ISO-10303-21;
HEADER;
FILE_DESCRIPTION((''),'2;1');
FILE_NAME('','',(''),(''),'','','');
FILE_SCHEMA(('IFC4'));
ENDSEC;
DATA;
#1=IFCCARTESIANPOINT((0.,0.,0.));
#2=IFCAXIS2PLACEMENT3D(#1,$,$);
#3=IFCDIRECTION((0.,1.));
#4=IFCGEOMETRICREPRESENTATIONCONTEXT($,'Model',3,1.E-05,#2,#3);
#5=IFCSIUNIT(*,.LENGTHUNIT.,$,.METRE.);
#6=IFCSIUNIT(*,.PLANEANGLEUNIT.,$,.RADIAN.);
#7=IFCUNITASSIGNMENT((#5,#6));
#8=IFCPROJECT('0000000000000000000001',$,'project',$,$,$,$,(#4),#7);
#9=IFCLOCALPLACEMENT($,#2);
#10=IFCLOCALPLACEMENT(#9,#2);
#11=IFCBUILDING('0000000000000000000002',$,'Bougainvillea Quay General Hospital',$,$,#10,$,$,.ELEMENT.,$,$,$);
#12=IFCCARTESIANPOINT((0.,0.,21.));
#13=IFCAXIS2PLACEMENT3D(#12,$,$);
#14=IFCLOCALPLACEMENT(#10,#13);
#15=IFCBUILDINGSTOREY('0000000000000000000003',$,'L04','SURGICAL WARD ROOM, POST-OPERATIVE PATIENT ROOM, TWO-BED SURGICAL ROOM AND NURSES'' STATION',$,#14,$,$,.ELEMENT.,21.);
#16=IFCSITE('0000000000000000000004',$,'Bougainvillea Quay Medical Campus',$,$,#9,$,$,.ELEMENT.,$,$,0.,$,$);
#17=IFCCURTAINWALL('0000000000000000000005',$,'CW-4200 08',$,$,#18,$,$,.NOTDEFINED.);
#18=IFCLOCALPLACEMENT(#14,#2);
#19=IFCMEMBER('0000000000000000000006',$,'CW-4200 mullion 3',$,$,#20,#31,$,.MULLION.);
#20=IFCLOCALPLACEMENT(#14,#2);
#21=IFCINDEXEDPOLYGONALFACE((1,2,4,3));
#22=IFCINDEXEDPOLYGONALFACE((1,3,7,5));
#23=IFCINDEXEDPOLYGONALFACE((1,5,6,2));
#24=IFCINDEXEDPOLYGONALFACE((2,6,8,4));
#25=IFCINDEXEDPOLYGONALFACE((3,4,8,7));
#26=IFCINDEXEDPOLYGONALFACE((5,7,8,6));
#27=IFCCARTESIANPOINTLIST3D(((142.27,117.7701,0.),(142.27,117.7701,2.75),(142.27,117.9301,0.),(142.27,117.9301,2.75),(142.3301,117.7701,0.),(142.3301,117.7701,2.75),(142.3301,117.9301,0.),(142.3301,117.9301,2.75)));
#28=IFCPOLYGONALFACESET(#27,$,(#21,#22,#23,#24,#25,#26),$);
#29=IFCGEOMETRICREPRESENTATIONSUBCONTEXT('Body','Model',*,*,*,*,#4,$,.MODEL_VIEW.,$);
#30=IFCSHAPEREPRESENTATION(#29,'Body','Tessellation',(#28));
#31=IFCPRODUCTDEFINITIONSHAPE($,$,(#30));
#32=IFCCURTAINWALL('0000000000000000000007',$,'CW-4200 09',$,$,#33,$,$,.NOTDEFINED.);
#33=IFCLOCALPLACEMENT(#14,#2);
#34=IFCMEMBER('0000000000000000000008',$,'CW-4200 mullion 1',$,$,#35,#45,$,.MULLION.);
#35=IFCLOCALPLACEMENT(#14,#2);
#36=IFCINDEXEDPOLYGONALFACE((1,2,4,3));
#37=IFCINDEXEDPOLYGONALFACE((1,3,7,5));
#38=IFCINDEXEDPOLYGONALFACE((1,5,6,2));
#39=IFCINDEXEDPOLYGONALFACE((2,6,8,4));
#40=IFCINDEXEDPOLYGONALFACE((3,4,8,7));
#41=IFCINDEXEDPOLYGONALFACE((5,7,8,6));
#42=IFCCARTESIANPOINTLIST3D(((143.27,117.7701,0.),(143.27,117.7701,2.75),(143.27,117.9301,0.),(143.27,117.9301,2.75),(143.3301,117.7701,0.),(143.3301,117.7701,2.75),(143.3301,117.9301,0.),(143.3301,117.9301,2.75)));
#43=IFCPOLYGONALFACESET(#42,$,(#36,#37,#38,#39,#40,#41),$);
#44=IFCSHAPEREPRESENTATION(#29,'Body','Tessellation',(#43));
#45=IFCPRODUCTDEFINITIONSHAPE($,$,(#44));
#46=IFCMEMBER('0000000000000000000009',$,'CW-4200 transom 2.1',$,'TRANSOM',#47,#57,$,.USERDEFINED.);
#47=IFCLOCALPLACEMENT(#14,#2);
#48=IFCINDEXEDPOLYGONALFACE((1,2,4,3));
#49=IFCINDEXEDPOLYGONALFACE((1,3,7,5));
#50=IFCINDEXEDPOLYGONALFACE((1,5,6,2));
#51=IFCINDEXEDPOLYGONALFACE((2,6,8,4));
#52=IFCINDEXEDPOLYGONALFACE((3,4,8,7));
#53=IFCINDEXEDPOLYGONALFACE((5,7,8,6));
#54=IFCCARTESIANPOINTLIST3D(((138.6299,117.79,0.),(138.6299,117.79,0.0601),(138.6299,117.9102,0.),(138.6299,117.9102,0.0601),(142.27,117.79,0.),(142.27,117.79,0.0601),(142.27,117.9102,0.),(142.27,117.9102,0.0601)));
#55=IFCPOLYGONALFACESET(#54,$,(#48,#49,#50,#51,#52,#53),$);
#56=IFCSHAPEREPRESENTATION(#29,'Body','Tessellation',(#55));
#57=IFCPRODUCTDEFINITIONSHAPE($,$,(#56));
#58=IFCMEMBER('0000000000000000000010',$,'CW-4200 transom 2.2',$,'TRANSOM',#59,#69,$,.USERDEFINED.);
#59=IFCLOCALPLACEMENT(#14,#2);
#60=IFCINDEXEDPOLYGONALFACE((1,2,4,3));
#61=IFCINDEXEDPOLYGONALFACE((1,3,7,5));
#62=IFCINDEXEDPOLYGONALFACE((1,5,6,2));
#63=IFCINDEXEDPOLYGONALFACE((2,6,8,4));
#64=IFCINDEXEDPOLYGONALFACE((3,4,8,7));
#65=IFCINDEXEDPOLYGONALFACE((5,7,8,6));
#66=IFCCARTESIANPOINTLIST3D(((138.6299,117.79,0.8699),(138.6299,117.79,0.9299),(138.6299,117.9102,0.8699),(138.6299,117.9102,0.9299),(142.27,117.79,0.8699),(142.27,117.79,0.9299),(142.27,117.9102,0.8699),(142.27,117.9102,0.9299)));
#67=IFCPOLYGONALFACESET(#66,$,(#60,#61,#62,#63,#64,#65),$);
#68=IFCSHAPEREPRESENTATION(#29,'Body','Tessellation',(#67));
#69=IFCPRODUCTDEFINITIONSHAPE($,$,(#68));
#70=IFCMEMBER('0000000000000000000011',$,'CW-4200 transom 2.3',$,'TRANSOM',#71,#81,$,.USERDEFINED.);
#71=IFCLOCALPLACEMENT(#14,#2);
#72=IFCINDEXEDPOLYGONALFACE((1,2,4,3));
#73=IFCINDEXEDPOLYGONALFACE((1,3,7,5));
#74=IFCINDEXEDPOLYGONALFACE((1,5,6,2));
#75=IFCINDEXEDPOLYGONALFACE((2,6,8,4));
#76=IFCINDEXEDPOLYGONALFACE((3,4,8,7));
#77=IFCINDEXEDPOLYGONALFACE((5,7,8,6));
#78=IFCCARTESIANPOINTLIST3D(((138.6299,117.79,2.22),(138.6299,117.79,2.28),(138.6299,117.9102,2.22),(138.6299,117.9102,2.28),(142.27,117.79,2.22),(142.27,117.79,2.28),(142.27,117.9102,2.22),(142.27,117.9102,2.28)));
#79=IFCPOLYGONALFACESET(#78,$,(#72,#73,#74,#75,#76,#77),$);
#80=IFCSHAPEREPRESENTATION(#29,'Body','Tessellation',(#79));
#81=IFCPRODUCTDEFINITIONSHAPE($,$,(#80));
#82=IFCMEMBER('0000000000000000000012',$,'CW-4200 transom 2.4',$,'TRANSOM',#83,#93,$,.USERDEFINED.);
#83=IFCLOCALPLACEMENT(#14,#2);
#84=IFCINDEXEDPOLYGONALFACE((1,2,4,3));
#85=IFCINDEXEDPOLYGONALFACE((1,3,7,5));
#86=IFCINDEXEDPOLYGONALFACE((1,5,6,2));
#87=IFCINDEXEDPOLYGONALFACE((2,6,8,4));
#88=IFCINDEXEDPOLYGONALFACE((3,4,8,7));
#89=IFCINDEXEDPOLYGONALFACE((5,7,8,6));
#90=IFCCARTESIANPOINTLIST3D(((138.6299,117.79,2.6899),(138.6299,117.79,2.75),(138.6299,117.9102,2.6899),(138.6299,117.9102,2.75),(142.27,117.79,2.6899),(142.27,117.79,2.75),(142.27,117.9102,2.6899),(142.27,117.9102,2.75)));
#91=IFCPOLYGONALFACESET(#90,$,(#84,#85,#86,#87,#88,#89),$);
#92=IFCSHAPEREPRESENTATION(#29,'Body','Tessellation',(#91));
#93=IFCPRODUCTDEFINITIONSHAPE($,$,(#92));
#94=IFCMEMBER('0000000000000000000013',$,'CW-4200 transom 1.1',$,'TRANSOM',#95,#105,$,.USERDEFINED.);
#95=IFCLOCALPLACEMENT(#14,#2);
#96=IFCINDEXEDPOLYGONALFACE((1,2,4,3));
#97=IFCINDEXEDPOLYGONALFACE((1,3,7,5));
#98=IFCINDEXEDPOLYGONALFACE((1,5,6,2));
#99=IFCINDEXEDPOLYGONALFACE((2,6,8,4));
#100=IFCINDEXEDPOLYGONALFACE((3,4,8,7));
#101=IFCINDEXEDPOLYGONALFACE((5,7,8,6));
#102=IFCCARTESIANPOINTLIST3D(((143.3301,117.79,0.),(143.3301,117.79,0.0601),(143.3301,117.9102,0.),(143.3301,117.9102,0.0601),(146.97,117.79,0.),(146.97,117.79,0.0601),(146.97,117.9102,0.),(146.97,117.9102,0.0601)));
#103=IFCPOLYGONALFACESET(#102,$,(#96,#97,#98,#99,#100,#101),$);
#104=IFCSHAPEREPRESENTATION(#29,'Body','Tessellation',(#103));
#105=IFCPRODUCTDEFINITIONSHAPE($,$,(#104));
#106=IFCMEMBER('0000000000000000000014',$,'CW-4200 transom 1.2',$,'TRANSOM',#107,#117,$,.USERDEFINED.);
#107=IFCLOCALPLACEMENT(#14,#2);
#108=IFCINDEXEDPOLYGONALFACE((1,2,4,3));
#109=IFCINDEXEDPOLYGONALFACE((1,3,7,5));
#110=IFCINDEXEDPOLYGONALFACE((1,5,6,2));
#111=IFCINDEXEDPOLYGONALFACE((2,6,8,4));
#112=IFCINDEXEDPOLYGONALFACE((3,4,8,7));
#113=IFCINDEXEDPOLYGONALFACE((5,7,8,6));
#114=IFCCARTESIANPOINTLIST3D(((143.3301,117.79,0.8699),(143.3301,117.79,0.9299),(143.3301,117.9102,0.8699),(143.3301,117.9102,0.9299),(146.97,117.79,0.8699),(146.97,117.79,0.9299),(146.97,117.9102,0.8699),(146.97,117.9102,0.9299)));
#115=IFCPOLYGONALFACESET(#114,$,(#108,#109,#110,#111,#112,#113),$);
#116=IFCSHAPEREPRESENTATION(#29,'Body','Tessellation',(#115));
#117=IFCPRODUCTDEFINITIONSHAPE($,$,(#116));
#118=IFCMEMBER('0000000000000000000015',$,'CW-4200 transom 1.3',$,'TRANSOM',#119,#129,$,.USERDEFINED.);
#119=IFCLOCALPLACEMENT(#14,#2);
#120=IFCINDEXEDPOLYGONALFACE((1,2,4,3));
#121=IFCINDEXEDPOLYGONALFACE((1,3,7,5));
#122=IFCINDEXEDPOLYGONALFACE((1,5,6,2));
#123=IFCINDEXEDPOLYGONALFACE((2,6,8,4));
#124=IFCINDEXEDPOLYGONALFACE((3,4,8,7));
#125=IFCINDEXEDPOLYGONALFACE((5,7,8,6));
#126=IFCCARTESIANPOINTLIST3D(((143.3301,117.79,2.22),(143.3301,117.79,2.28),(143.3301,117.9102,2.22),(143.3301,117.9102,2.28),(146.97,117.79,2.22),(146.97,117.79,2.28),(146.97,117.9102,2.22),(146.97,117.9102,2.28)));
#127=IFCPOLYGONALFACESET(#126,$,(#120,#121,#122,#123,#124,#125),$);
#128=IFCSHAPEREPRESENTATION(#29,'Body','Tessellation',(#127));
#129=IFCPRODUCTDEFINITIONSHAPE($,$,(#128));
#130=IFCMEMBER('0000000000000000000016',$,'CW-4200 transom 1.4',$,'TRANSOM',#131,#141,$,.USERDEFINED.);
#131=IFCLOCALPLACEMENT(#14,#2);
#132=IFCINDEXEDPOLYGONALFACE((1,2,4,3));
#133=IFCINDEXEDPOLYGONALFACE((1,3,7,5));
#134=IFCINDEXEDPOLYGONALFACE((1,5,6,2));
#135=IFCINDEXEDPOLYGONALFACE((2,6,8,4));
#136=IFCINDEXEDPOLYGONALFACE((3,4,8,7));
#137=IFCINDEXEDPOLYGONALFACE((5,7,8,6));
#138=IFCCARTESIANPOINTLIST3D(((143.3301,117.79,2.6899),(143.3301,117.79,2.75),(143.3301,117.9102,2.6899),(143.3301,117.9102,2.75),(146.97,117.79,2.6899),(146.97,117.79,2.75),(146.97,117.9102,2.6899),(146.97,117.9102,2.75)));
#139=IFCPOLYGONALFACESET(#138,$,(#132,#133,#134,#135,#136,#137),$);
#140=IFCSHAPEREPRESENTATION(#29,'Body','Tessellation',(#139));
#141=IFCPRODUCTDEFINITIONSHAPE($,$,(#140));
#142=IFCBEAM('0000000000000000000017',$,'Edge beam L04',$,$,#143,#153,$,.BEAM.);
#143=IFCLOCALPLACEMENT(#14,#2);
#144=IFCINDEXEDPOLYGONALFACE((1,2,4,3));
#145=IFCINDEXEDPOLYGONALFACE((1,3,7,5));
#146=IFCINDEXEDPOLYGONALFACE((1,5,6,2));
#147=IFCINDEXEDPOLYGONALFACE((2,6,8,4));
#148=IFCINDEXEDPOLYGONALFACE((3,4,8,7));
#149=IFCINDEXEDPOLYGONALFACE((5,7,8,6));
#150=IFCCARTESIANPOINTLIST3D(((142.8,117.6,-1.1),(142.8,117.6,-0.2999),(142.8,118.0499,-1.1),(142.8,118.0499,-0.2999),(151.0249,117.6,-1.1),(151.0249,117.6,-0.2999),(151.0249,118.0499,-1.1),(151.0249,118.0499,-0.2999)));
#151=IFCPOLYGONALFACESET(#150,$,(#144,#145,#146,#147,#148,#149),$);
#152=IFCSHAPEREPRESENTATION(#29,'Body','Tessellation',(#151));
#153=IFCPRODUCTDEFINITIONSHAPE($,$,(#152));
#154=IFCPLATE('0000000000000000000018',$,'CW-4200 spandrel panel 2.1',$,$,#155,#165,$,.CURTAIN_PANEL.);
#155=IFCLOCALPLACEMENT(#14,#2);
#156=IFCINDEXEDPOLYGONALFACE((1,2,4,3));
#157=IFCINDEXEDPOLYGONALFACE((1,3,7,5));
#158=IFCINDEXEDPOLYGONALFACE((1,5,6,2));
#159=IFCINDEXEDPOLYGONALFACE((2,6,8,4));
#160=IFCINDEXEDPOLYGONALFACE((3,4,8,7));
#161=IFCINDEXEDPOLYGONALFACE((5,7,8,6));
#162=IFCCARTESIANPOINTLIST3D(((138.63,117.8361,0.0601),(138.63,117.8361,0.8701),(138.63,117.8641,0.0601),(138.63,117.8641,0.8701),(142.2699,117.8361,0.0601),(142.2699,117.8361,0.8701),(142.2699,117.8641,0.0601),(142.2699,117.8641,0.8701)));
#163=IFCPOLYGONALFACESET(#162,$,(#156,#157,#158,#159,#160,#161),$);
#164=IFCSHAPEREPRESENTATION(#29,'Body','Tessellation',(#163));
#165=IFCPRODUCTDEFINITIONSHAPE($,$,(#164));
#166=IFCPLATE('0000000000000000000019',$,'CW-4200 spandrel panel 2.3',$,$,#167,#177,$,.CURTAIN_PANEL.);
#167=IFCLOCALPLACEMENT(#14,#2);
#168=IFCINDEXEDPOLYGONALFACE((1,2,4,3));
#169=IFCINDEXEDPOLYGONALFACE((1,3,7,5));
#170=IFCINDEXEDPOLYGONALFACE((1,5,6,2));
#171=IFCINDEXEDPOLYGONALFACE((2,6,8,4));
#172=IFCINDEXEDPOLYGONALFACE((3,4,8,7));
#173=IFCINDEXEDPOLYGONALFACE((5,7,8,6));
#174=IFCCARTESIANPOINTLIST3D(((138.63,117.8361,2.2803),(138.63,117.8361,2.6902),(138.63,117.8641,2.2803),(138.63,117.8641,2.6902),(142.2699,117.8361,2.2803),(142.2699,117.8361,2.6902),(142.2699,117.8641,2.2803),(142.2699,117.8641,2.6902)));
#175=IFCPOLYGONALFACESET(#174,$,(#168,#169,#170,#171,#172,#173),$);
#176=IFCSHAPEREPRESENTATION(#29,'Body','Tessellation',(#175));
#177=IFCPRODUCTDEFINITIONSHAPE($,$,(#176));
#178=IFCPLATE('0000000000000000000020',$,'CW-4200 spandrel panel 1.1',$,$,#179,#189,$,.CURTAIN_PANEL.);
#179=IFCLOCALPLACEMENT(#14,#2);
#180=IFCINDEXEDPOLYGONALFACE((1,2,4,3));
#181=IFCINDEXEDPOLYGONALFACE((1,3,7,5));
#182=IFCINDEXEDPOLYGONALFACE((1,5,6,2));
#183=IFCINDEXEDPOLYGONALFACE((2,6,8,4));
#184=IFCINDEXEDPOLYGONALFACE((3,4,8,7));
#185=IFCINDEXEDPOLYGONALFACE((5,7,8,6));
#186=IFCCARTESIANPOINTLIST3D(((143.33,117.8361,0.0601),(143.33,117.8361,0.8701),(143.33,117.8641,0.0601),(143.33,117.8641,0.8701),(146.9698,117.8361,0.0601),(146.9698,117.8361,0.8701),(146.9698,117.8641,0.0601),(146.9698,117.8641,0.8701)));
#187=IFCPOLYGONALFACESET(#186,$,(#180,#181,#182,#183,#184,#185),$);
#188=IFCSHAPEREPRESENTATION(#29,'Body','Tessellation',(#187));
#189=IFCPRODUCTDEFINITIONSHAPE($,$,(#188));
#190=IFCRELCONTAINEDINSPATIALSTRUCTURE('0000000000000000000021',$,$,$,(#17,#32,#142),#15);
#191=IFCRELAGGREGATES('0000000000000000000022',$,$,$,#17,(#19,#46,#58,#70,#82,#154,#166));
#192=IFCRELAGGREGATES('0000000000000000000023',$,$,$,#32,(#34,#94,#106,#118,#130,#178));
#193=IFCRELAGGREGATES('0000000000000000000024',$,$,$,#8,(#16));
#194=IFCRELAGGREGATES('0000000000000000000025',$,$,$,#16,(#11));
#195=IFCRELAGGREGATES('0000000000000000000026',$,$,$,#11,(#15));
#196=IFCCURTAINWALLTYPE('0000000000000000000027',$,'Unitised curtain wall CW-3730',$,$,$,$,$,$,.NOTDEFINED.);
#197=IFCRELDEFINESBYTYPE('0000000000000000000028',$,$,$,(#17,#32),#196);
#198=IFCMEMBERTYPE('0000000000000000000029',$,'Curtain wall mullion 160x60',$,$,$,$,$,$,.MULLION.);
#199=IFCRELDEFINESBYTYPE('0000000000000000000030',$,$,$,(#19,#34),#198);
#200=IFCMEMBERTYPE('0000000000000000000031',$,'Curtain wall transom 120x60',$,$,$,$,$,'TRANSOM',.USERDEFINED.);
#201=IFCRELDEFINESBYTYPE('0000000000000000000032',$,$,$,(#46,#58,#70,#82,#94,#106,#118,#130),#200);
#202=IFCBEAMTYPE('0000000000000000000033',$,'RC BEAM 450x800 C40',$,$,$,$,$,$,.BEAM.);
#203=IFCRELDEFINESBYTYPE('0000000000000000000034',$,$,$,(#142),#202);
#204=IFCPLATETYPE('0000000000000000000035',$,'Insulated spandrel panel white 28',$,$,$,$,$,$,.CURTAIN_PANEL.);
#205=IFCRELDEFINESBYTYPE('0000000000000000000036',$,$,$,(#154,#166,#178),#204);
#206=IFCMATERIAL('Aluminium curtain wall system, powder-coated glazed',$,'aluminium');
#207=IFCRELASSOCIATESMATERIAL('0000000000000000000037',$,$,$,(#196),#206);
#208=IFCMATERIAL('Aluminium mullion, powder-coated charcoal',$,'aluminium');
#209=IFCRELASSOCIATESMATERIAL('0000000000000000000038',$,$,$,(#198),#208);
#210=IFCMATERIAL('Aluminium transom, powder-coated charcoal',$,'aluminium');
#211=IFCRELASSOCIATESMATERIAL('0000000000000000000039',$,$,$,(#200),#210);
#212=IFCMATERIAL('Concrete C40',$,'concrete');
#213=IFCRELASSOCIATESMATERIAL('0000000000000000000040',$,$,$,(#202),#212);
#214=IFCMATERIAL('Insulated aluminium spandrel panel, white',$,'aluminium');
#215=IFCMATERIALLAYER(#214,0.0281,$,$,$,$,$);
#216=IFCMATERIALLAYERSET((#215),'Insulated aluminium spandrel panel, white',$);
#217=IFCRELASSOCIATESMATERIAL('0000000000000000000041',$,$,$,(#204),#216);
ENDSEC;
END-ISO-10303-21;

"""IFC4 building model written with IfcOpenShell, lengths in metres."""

from ifc_helpers import new_model, si_unit, direction, frame, origin, origin_2d, place, context, subcontext, project, spatial, rectangle, extrude, material, layer, layer_set, material_profile, profile_set, type_object, element, aggregate, save


model = new_model("IFC4")

# Units and contexts
model_context = context("Model", 3, precision=1e-05, world=origin(), true_north=direction((0.0, 1.0)))
body_context = subcontext(model_context, "Body", "Model", "MODEL_VIEW")
ifc_project = project(units=[si_unit("LENGTHUNIT", "METRE"), si_unit("PLANEANGLEUNIT", "RADIAN")], contexts=[model_context])

# Site, building, storey
site_placement = place(None, origin())
site = spatial("IfcSite", under=ifc_project, at=site_placement, Name="Bougainvillea Quay Medical Campus", CompositionType="ELEMENT", RefElevation=0.0)
building_placement = place(site_placement, origin())
building = spatial("IfcBuilding", under=site, at=building_placement, Name="Bougainvillea Quay General Hospital", CompositionType="ELEMENT")
storey_placement = place(building_placement, frame((0.0, 0.0, 21.0)))
storey = spatial("IfcBuildingStorey", under=building, at=storey_placement, Name="L04", Description="SURGICAL WARD ROOM, POST-OPERATIVE PATIENT ROOM, TWO-BED SURGICAL ROOM AND NURSES' STATION", CompositionType="ELEMENT", Elevation=21.0)

# Curtain walls, members
ifc_material_1 = material(Name="Aluminium curtain wall system, powder-coated glazed", Category="aluminium")
curtain_wall_type = type_object("IfcCurtainWallType", Name="Unitised curtain wall CW-3730", PredefinedType="NOTDEFINED", material=ifc_material_1)
curtain_wall_1_placement = place(storey_placement, origin())
curtain_wall_1 = element("IfcCurtainWall", 1, at=curtain_wall_1_placement, inside=storey, type_object=curtain_wall_type, Name="CW-4200 08", PredefinedType="NOTDEFINED")
ifc_material_2 = material(Name="Aluminium mullion, powder-coated charcoal", Category="aluminium")
ifc_material_profile_1 = material_profile(ifc_material_2, rectangle(XDim=0.1599, YDim=0.0601, at=origin_2d()))
ifc_profile_set_1 = profile_set([ifc_material_profile_1], Name="Aluminium mullion, powder-coated charcoal")
member_type_1 = type_object("IfcMemberType", Name="Curtain wall mullion 160x60", PredefinedType="MULLION", material=ifc_profile_set_1)
member_1_placement = place(storey_placement, frame((142.3, 117.8501, 0.0), z_axis=(0.0, 0.0, 1.0), x_axis=(0.0, 1.0, 0.0)))
member_1 = element("IfcMember", 2, at=member_1_placement, type_object=member_type_1, Name="CW-4200 mullion 3", PredefinedType="MULLION", context=body_context, shape_type="SweptSolid", body=[
    extrude(rectangle(XDim=0.1599, YDim=0.0601, at=origin_2d()), origin(), (0.0, 0.0, 1.0), 2.75),
])
curtain_wall_2_placement = place(storey_placement, origin())
curtain_wall_2 = element("IfcCurtainWall", 3, at=curtain_wall_2_placement, inside=storey, type_object=curtain_wall_type, Name="CW-4200 09", PredefinedType="NOTDEFINED")
member_2_placement = place(storey_placement, frame((143.3, 117.8501, 0.0), z_axis=(0.0, 0.0, 1.0), x_axis=(0.0, 1.0, 0.0)))
member_2 = element("IfcMember", 4, at=member_2_placement, type_object=member_type_1, Name="CW-4200 mullion 1", PredefinedType="MULLION", context=body_context, shape_type="SweptSolid", body=[
    extrude(rectangle(XDim=0.1599, YDim=0.0601, at=origin_2d()), origin(), (0.0, 0.0, 1.0), 2.75),
])

# Members
ifc_material_3 = material(Name="Aluminium transom, powder-coated charcoal", Category="aluminium")
ifc_material_profile_2 = material_profile(ifc_material_3, rectangle(XDim=0.1201, YDim=0.0601, at=origin_2d()))
ifc_profile_set_2 = profile_set([ifc_material_profile_2], Name="Aluminium transom, powder-coated charcoal")
member_type_2 = type_object("IfcMemberType", Name="Curtain wall transom 120x60", ElementType="TRANSOM", PredefinedType="USERDEFINED", material=ifc_profile_set_2)
member_3_placement = place(storey_placement, frame((138.6299, 117.8501, 0.03), z_axis=(1.0, 0.0, 0.0), x_axis=(0.0, 1.0, 0.0)))
member_3 = element("IfcMember", 5, at=member_3_placement, type_object=member_type_2, Name="CW-4200 transom 2.1", ObjectType="TRANSOM", PredefinedType="USERDEFINED", context=body_context, shape_type="SweptSolid", body=[
    extrude(rectangle(XDim=0.1201, YDim=0.0601, at=origin_2d()), origin(), (0.0, 0.0, 1.0), 3.6401),
])
member_4_placement = place(storey_placement, frame((138.6299, 117.8501, 0.8999), z_axis=(1.0, 0.0, 0.0), x_axis=(0.0, 1.0, 0.0)))
member_4 = element("IfcMember", 6, at=member_4_placement, type_object=member_type_2, Name="CW-4200 transom 2.2", ObjectType="TRANSOM", PredefinedType="USERDEFINED", context=body_context, shape_type="SweptSolid", body=[
    extrude(rectangle(XDim=0.1201, YDim=0.0601, at=origin_2d()), origin(), (0.0, 0.0, 1.0), 3.6401),
])
member_5_placement = place(storey_placement, frame((138.6299, 117.8501, 2.25), z_axis=(1.0, 0.0, 0.0), x_axis=(0.0, 1.0, 0.0)))
member_5 = element("IfcMember", 7, at=member_5_placement, type_object=member_type_2, Name="CW-4200 transom 2.3", ObjectType="TRANSOM", PredefinedType="USERDEFINED", context=body_context, shape_type="SweptSolid", body=[
    extrude(rectangle(XDim=0.1201, YDim=0.0601, at=origin_2d()), origin(), (0.0, 0.0, 1.0), 3.6401),
])
member_6_placement = place(storey_placement, frame((138.6299, 117.8501, 2.72), z_axis=(1.0, 0.0, 0.0), x_axis=(0.0, 1.0, 0.0)))
member_6 = element("IfcMember", 8, at=member_6_placement, type_object=member_type_2, Name="CW-4200 transom 2.4", ObjectType="TRANSOM", PredefinedType="USERDEFINED", context=body_context, shape_type="SweptSolid", body=[
    extrude(rectangle(XDim=0.1201, YDim=0.0601, at=origin_2d()), origin(), (0.0, 0.0, 1.0), 3.6401),
])
member_7_placement = place(storey_placement, frame((143.3301, 117.8501, 0.03), z_axis=(1.0, 0.0, 0.0), x_axis=(0.0, 1.0, 0.0)))
member_7 = element("IfcMember", 9, at=member_7_placement, type_object=member_type_2, Name="CW-4200 transom 1.1", ObjectType="TRANSOM", PredefinedType="USERDEFINED", context=body_context, shape_type="SweptSolid", body=[
    extrude(rectangle(XDim=0.1201, YDim=0.0601, at=origin_2d()), origin(), (0.0, 0.0, 1.0), 3.6399),
])
member_8_placement = place(storey_placement, frame((143.3301, 117.8501, 0.8999), z_axis=(1.0, 0.0, 0.0), x_axis=(0.0, 1.0, 0.0)))
member_8 = element("IfcMember", 10, at=member_8_placement, type_object=member_type_2, Name="CW-4200 transom 1.2", ObjectType="TRANSOM", PredefinedType="USERDEFINED", context=body_context, shape_type="SweptSolid", body=[
    extrude(rectangle(XDim=0.1201, YDim=0.0601, at=origin_2d()), origin(), (0.0, 0.0, 1.0), 3.6399),
])
member_9_placement = place(storey_placement, frame((143.3301, 117.8501, 2.25), z_axis=(1.0, 0.0, 0.0), x_axis=(0.0, 1.0, 0.0)))
member_9 = element("IfcMember", 11, at=member_9_placement, type_object=member_type_2, Name="CW-4200 transom 1.3", ObjectType="TRANSOM", PredefinedType="USERDEFINED", context=body_context, shape_type="SweptSolid", body=[
    extrude(rectangle(XDim=0.1201, YDim=0.0601, at=origin_2d()), origin(), (0.0, 0.0, 1.0), 3.6399),
])
member_10_placement = place(storey_placement, frame((143.3301, 117.8501, 2.72), z_axis=(1.0, 0.0, 0.0), x_axis=(0.0, 1.0, 0.0)))
member_10 = element("IfcMember", 12, at=member_10_placement, type_object=member_type_2, Name="CW-4200 transom 1.4", ObjectType="TRANSOM", PredefinedType="USERDEFINED", context=body_context, shape_type="SweptSolid", body=[
    extrude(rectangle(XDim=0.1201, YDim=0.0601, at=origin_2d()), origin(), (0.0, 0.0, 1.0), 3.6399),
])

# Beam
ifc_material_4 = material(Name="Concrete C40", Category="concrete")
ifc_material_profile_3 = material_profile(ifc_material_4, rectangle(XDim=0.45, YDim=0.8, at=origin_2d()))
ifc_profile_set_3 = profile_set([ifc_material_profile_3], Name="Concrete C40")
beam_type = type_object("IfcBeamType", Name="RC BEAM 450x800 C40", PredefinedType="BEAM", material=ifc_profile_set_3)
beam_placement = place(storey_placement, frame((142.8, 117.825, -0.7), z_axis=(1.0, 0.0, 0.0), x_axis=(0.0, 1.0, 0.0)))
element("IfcBeam", 13, at=beam_placement, inside=storey, type_object=beam_type, Name="Edge beam L04", PredefinedType="BEAM", context=body_context, shape_type="SweptSolid", body=[
    extrude(rectangle(XDim=0.45, YDim=0.8, at=origin_2d()), origin(), (0.0, 0.0, 1.0), 8.2249),
])

# Plates
ifc_material_5 = material(Name="Insulated aluminium spandrel panel, white", Category="aluminium")
ifc_layer_1 = layer(ifc_material_5, 0.0281)
ifc_layer_set_1 = layer_set([ifc_layer_1], Name="Insulated aluminium spandrel panel, white")
plate_type_1 = type_object("IfcPlateType", Name="Insulated spandrel panel white 28", PredefinedType="CURTAIN_PANEL", material=ifc_layer_set_1)
plate_1_placement = place(storey_placement, frame((140.45, 117.8501, 0.0601), z_axis=(0.0, 0.0, 1.0), x_axis=(1.0, 0.0, 0.0)))
plate_1 = element("IfcPlate", 14, at=plate_1_placement, type_object=plate_type_1, Name="CW-4200 spandrel panel 2.1", PredefinedType="CURTAIN_PANEL", context=body_context, shape_type="SweptSolid", body=[
    extrude(rectangle(XDim=3.6399, YDim=0.0281, at=origin_2d()), origin(), (0.0, 0.0, 1.0), 0.8101),
])
plate_2_placement = place(storey_placement, frame((140.45, 117.8501, 2.2803), z_axis=(0.0, 0.0, 1.0), x_axis=(1.0, 0.0, 0.0)))
plate_2 = element("IfcPlate", 15, at=plate_2_placement, type_object=plate_type_1, Name="CW-4200 spandrel panel 2.3", PredefinedType="CURTAIN_PANEL", context=body_context, shape_type="SweptSolid", body=[
    extrude(rectangle(XDim=3.6399, YDim=0.0281, at=origin_2d()), origin(), (0.0, 0.0, 1.0), 0.4099),
])
plate_3_placement = place(storey_placement, frame((145.1499, 117.8501, 0.0601), z_axis=(0.0, 0.0, 1.0), x_axis=(1.0, 0.0, 0.0)))
plate_3 = element("IfcPlate", 16, at=plate_3_placement, type_object=plate_type_1, Name="CW-4200 spandrel panel 1.1", PredefinedType="CURTAIN_PANEL", context=body_context, shape_type="SweptSolid", body=[
    extrude(rectangle(XDim=3.6399, YDim=0.0281, at=origin_2d()), origin(), (0.0, 0.0, 1.0), 0.8101),
])
aggregate(curtain_wall_1, [member_1, member_3, member_4, member_5, member_6, plate_1, plate_2])
aggregate(curtain_wall_2, [member_2, member_7, member_8, member_9, member_10, plate_3])

save(model, "model.ifc")
